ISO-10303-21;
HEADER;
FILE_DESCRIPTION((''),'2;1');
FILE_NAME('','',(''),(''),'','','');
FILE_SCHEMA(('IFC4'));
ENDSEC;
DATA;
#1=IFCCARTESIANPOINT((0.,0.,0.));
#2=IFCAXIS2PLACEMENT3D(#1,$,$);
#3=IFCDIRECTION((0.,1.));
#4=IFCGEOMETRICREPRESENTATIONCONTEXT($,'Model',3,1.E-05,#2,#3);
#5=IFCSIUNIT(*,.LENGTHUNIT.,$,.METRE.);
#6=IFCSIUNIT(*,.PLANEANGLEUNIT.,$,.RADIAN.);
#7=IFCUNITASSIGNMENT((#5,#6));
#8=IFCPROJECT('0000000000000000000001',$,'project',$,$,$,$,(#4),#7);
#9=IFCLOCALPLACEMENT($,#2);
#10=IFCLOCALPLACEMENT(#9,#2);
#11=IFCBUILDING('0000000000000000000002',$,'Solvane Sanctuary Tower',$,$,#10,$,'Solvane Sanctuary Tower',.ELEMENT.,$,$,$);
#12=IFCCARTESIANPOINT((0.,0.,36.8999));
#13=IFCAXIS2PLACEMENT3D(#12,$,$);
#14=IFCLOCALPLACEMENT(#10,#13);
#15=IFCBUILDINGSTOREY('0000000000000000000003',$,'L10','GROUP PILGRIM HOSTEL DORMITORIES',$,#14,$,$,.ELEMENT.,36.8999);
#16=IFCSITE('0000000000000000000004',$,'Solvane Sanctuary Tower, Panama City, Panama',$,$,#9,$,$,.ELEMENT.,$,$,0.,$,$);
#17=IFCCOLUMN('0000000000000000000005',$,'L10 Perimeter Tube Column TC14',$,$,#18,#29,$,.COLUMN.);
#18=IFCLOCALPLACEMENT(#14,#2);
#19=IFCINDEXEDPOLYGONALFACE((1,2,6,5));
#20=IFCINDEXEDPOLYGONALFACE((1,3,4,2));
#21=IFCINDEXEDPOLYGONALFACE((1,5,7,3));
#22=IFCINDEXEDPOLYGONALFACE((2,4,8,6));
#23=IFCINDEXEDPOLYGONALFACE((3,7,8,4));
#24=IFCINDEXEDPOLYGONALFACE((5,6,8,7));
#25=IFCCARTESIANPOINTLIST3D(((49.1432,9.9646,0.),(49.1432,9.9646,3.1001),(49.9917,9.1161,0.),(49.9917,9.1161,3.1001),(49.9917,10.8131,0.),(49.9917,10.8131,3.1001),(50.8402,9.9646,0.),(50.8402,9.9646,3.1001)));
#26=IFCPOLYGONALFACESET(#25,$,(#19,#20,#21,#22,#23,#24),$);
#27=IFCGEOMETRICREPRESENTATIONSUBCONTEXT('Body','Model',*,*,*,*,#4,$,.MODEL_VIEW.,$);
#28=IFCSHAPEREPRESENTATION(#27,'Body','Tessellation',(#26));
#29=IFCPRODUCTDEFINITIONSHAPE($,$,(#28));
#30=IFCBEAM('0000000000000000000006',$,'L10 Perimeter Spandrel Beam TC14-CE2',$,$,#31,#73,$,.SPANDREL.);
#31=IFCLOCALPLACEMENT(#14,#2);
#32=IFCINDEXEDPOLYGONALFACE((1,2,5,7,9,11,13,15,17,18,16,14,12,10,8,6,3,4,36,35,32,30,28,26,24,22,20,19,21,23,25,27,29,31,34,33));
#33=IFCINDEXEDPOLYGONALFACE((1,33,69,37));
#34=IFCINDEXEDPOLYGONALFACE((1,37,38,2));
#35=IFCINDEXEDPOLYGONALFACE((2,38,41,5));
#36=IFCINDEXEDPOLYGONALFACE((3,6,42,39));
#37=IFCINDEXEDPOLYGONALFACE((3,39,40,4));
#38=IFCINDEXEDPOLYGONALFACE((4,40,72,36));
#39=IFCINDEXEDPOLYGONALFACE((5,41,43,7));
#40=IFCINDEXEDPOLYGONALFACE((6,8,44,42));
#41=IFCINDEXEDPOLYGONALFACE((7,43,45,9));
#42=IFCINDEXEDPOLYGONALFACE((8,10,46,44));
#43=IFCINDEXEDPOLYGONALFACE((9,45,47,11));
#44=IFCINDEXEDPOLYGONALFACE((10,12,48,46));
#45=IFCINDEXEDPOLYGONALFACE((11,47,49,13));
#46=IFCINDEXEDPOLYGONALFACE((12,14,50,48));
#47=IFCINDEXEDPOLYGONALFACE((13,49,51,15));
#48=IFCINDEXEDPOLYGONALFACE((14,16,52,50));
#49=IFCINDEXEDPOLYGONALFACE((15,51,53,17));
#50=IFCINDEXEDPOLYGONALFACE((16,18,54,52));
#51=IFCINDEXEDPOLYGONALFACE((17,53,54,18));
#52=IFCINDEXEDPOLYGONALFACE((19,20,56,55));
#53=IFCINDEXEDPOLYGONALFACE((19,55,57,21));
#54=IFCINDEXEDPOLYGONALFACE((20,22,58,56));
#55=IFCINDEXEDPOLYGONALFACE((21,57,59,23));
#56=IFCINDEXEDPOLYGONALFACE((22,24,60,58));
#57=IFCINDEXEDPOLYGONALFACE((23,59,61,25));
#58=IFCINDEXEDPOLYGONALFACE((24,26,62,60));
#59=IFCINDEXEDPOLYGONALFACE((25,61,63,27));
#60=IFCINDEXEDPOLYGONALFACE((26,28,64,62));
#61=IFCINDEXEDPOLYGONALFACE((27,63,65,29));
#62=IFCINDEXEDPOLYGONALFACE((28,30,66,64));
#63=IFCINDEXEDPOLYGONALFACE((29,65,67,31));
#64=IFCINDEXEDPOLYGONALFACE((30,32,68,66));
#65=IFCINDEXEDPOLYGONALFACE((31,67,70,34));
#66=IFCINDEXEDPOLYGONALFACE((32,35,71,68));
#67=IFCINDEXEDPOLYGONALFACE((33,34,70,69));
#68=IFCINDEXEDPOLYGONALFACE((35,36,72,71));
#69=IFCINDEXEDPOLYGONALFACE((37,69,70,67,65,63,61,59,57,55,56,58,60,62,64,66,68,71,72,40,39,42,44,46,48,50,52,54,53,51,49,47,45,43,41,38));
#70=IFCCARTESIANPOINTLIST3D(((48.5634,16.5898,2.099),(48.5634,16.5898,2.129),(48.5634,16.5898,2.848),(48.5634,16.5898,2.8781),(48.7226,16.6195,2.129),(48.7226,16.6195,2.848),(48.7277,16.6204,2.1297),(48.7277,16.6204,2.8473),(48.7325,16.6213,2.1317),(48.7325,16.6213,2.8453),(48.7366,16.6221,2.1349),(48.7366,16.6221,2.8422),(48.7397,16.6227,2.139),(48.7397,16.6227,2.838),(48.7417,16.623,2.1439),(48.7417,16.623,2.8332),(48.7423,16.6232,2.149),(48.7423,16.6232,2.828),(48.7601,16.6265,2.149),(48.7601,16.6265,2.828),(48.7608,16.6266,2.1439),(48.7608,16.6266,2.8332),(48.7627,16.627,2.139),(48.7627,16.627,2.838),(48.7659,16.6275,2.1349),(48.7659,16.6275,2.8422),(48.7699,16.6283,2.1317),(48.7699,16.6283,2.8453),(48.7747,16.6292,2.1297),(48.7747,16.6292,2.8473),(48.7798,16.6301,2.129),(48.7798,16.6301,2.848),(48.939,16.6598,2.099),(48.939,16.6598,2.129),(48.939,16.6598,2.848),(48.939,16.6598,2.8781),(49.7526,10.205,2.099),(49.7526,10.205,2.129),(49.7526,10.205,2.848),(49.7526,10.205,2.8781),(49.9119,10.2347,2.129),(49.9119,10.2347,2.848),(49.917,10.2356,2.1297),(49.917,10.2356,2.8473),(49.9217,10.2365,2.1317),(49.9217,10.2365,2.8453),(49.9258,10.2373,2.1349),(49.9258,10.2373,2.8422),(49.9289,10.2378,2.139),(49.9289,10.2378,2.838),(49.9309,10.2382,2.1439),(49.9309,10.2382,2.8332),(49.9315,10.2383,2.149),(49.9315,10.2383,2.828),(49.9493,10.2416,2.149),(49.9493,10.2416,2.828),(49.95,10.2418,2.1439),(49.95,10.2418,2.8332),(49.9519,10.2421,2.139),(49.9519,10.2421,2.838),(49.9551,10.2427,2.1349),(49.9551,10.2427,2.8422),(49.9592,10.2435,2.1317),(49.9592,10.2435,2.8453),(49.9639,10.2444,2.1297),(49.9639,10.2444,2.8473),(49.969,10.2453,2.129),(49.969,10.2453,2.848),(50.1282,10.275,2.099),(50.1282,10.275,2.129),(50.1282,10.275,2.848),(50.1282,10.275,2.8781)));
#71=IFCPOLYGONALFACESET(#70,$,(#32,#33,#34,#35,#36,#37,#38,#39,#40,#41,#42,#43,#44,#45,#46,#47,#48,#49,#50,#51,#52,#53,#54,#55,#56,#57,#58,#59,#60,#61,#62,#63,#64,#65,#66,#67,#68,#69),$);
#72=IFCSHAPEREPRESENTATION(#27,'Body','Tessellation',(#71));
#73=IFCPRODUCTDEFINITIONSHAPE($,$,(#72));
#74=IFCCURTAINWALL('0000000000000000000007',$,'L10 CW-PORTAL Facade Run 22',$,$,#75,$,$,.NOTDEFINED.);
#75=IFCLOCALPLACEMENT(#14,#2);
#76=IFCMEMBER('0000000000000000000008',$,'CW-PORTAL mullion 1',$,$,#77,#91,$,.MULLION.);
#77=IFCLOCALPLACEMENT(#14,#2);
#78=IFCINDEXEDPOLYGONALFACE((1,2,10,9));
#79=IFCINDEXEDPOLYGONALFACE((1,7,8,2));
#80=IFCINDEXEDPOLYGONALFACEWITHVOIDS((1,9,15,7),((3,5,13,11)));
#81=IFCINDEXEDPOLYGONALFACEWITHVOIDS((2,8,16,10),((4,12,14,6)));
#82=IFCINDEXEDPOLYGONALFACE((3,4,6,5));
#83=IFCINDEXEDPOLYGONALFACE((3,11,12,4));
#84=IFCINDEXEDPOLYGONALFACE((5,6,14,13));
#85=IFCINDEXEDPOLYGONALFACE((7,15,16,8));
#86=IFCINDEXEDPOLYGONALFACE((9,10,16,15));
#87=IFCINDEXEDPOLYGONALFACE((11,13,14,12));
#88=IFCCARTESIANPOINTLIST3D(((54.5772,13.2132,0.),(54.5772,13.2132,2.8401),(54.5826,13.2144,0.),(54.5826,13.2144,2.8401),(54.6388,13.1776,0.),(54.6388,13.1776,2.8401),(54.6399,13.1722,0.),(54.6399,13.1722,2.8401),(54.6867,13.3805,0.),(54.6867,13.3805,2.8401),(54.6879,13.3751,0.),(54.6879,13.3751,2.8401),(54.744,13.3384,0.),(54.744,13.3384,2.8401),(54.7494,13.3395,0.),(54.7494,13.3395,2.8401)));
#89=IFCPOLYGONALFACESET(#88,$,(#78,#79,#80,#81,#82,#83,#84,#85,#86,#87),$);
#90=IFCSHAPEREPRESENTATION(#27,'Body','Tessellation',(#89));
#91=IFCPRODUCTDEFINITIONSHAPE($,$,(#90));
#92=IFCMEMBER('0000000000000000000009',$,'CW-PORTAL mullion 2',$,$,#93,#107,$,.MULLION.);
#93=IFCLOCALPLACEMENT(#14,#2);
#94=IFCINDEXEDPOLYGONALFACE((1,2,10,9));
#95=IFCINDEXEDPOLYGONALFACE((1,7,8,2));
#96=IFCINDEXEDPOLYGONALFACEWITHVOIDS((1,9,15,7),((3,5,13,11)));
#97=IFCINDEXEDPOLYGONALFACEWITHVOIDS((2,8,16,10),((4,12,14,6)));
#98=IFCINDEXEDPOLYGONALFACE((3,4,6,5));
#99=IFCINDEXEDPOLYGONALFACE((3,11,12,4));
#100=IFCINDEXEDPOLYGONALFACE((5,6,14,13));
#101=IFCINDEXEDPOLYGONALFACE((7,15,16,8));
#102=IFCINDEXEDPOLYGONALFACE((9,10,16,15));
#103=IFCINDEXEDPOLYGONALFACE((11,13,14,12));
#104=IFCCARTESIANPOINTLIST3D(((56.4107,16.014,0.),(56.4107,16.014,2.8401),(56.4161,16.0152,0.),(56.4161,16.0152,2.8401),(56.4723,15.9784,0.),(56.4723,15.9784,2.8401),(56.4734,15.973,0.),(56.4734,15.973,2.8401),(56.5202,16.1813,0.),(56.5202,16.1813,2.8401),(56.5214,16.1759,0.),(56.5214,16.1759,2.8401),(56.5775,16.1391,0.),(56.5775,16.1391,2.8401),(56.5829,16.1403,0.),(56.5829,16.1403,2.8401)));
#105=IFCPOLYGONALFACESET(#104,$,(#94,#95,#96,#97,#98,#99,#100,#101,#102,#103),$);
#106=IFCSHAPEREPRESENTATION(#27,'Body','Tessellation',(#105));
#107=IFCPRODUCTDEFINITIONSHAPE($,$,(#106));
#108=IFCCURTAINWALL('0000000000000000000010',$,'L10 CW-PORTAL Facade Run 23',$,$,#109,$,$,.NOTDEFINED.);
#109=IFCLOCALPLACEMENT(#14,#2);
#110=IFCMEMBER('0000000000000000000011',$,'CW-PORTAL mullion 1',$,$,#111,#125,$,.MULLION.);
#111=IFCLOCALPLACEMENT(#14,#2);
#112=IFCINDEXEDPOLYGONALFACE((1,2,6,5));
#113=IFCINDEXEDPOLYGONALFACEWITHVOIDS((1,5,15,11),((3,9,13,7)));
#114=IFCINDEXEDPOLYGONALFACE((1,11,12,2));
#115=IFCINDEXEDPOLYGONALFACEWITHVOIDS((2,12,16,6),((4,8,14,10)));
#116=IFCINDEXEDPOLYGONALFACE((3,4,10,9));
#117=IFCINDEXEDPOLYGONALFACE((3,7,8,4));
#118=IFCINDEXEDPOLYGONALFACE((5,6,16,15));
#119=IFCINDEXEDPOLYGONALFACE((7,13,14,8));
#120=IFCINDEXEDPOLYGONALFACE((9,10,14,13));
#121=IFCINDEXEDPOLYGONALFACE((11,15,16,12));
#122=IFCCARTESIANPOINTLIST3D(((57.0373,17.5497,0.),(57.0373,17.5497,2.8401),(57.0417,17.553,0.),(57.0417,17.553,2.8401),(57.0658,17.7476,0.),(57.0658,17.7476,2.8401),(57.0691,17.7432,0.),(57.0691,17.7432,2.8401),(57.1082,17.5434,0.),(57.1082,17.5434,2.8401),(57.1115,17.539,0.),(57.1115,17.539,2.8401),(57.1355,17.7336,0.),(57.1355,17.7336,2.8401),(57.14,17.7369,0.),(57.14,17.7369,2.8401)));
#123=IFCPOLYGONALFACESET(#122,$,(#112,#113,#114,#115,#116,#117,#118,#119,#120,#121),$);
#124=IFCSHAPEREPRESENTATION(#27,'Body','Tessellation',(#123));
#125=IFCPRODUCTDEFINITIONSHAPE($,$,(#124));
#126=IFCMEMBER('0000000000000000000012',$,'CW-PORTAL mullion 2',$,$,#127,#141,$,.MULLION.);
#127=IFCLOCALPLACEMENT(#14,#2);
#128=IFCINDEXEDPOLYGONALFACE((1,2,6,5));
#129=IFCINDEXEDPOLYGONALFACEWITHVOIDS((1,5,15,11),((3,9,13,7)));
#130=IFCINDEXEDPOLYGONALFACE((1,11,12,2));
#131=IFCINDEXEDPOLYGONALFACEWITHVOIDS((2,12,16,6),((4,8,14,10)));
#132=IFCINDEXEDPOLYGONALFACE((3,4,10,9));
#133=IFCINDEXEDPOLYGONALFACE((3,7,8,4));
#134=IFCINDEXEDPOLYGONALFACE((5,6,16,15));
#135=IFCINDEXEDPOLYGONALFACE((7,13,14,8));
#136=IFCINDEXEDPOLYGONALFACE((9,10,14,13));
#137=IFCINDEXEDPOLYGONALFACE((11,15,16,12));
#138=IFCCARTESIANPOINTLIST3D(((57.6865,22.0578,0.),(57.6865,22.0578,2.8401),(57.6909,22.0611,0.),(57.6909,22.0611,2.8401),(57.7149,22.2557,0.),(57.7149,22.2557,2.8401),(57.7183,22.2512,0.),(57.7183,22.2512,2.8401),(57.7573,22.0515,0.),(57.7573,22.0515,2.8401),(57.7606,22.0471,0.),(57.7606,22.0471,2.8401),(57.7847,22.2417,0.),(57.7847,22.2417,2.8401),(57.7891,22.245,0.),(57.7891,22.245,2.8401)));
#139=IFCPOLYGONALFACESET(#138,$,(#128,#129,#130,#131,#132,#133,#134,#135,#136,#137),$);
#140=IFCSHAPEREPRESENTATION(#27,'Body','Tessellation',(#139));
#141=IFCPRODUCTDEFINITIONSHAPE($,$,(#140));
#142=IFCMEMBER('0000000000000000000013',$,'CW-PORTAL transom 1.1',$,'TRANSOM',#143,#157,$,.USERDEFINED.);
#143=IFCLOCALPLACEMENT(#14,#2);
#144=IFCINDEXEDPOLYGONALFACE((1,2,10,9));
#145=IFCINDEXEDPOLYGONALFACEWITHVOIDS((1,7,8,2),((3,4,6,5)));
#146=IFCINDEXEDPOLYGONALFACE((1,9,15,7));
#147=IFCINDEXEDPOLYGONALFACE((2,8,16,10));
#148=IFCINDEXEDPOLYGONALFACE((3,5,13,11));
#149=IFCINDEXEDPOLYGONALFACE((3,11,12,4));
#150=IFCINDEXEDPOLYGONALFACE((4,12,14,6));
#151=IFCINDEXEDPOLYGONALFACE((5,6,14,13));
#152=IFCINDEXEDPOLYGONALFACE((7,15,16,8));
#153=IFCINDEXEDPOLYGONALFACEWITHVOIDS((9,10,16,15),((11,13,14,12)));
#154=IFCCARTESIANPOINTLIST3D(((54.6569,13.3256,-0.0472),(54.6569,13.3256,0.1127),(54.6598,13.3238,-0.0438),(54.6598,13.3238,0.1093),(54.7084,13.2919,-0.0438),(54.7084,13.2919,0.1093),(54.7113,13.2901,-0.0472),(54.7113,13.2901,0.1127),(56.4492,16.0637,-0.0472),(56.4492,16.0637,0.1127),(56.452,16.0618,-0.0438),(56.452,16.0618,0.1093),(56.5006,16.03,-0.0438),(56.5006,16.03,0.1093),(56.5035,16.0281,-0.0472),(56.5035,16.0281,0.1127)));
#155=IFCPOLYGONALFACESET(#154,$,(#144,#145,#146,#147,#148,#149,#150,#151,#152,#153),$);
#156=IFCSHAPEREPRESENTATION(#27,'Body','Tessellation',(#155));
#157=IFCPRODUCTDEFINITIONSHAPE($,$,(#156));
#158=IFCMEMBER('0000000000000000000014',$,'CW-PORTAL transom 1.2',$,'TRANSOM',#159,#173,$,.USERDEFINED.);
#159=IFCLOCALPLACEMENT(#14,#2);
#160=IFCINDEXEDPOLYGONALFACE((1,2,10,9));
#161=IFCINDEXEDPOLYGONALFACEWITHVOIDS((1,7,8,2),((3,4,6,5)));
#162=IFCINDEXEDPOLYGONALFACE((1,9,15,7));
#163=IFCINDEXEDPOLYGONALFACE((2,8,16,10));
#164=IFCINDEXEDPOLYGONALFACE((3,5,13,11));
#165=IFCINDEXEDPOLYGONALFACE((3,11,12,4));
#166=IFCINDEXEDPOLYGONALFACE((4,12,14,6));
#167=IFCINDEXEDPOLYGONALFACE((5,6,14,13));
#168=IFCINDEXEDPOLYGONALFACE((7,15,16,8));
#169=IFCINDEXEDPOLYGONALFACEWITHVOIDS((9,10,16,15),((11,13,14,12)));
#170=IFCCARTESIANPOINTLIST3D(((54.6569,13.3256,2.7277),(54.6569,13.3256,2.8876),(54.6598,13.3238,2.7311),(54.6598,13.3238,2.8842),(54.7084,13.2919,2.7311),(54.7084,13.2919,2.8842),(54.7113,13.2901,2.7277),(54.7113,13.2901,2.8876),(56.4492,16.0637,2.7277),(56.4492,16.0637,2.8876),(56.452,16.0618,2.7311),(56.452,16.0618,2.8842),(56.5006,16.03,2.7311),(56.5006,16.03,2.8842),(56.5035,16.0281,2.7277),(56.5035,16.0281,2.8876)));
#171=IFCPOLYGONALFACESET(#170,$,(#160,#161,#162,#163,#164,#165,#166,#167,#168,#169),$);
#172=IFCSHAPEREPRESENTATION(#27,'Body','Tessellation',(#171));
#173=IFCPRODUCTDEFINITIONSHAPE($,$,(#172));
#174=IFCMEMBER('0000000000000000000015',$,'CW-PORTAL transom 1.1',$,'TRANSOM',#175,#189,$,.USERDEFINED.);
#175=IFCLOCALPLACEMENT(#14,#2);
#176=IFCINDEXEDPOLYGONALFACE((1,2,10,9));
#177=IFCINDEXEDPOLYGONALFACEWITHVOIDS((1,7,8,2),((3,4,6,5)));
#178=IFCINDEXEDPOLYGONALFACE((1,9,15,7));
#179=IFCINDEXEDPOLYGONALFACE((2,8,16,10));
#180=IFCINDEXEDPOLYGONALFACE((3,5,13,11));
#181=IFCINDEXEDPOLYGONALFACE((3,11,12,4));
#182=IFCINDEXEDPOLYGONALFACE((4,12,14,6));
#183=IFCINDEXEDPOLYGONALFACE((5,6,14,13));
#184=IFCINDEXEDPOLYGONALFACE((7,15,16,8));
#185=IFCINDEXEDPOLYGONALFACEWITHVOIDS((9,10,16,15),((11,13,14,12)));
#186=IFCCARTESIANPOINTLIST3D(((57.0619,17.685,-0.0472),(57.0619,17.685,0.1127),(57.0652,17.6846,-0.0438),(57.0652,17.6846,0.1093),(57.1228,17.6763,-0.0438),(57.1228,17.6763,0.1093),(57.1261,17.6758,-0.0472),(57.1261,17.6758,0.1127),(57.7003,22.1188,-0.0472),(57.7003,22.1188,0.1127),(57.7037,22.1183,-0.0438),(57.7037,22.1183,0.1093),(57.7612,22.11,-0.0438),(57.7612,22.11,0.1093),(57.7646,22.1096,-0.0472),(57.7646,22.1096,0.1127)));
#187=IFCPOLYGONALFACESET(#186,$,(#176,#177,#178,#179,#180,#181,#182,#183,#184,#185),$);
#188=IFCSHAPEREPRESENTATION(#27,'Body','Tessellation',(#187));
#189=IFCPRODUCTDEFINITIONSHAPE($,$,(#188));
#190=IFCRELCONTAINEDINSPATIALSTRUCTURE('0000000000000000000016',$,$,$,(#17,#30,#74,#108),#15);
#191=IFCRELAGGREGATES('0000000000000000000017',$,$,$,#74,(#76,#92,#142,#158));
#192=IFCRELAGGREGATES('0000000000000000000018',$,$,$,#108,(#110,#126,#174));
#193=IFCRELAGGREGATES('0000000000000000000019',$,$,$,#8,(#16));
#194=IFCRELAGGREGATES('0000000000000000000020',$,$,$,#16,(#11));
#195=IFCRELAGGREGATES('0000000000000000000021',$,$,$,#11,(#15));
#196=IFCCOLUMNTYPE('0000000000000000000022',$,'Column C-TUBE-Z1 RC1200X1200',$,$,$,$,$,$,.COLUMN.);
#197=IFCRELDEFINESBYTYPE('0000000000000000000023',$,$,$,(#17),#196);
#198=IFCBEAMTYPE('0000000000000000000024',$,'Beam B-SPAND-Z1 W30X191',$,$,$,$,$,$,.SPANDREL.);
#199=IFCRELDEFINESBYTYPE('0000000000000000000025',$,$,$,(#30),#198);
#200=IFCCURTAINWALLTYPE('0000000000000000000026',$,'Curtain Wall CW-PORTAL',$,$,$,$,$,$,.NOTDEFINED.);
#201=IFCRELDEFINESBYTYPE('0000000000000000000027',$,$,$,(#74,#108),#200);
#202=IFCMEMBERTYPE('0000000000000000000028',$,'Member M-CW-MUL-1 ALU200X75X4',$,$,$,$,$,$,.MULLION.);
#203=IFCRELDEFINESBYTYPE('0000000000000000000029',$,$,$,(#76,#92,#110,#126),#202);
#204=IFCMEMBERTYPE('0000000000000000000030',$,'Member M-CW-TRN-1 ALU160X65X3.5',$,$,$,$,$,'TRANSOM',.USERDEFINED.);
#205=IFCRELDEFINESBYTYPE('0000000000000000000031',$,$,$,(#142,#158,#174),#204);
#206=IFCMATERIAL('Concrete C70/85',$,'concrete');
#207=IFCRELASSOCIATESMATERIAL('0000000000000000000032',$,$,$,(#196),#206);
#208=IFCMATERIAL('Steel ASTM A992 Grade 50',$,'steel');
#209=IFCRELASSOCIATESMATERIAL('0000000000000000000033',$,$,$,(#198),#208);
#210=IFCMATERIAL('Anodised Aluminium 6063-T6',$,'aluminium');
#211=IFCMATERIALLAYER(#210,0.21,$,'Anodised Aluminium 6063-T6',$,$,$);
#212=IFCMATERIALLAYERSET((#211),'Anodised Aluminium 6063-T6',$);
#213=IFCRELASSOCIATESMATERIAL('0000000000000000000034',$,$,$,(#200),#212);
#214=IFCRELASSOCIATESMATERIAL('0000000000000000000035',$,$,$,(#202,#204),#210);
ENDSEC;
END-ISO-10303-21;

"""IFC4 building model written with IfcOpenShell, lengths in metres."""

from ifc_helpers import new_model, si_unit, direction, frame, origin, origin_2d, place, context, subcontext, project, spatial, rectangle, hollow_rectangle, i_section, extrude, material, layer, layer_set, material_profile, profile_set, type_object, element, aggregate, save


model = new_model("IFC4")

# Units and contexts
model_context = context("Model", 3, precision=1e-05, world=origin(), true_north=direction((0.0, 1.0)))
body_context = subcontext(model_context, "Body", "Model", "MODEL_VIEW")
ifc_project = project(units=[si_unit("LENGTHUNIT", "METRE"), si_unit("PLANEANGLEUNIT", "RADIAN")], contexts=[model_context])

# Site, building, storey
site_placement = place(None, origin())
site = spatial("IfcSite", under=ifc_project, at=site_placement, Name="Solvane Sanctuary Tower, Panama City, Panama", CompositionType="ELEMENT", RefElevation=0.0)
building_placement = place(site_placement, origin())
building = spatial("IfcBuilding", under=site, at=building_placement, Name="Solvane Sanctuary Tower", LongName="Solvane Sanctuary Tower", CompositionType="ELEMENT")
storey_placement = place(building_placement, frame((0.0, 0.0, 36.8999)))
storey = spatial("IfcBuildingStorey", under=building, at=storey_placement, Name="L10", Description="GROUP PILGRIM HOSTEL DORMITORIES", CompositionType="ELEMENT", Elevation=36.8999)

# Column
ifc_material_1 = material(Name="Concrete C70/85", Category="concrete")
ifc_material_profile_1 = material_profile(ifc_material_1, rectangle(XDim=1.2, YDim=1.2, at=origin_2d()), Name="RC1200X1200")
ifc_profile_set_1 = profile_set([ifc_material_profile_1], Name="Concrete C70/85")
column_type = type_object("IfcColumnType", Name="Column C-TUBE-Z1 RC1200X1200", PredefinedType="COLUMN", material=ifc_profile_set_1)
column_placement = place(storey_placement, frame((49.9917, 9.9646, 0.0), z_axis=(0.0, 0.0, 1.0), x_axis=(0.707107, -0.707107, 0.0)))
element("IfcColumn", 1, at=column_placement, inside=storey, type_object=column_type, Name="L10 Perimeter Tube Column TC14", PredefinedType="COLUMN", context=body_context, shape_type="SweptSolid", body=[
    extrude(rectangle(XDim=1.2, YDim=1.2, at=origin_2d()), origin(), (0.0, 0.0, 1.0), 3.1001),
])

# Beam
ifc_material_2 = material(Name="Steel ASTM A992 Grade 50", Category="steel")
ifc_material_profile_2 = material_profile(ifc_material_2, i_section(OverallWidth=0.3821, OverallDepth=0.7791, WebThickness=0.0181, FlangeThickness=0.03, FilletRadius=0.02, at=origin_2d()), Name="W30X191")
ifc_profile_set_2 = profile_set([ifc_material_profile_2], Name="Steel ASTM A992 Grade 50")
beam_type = type_object("IfcBeamType", Name="Beam B-SPAND-Z1 W30X191", PredefinedType="SPANDREL", material=ifc_profile_set_2)
beam_placement = place(storey_placement, frame((49.9404, 10.24, 2.4885), z_axis=(-0.183108, 0.983093, 0.0), x_axis=(-0.983093, -0.183108, 0.0)))
element("IfcBeam", 2, at=beam_placement, inside=storey, type_object=beam_type, Name="L10 Perimeter Spandrel Beam TC14-CE2", PredefinedType="SPANDREL", context=body_context, shape_type="SweptSolid", body=[
    extrude(i_section(OverallWidth=0.3821, OverallDepth=0.7791, WebThickness=0.0181, FlangeThickness=0.03, FilletRadius=0.02, at=origin_2d()), origin(), (0.0, 0.0, 1.0), 6.4946),
])

# Curtain walls, members
ifc_material_3 = material(Name="Anodised Aluminium 6063-T6", Category="aluminium")
ifc_layer_1 = layer(ifc_material_3, 0.21, Name="Anodised Aluminium 6063-T6")
ifc_layer_set_1 = layer_set([ifc_layer_1], Name="Anodised Aluminium 6063-T6")
curtain_wall_type = type_object("IfcCurtainWallType", Name="Curtain Wall CW-PORTAL", PredefinedType="NOTDEFINED", material=ifc_layer_set_1)
curtain_wall_1_placement = place(storey_placement, origin())
curtain_wall_1 = element("IfcCurtainWall", 3, at=curtain_wall_1_placement, inside=storey, type_object=curtain_wall_type, Name="L10 CW-PORTAL Facade Run 22", PredefinedType="NOTDEFINED")
ifc_material_profile_3 = material_profile(ifc_material_3, hollow_rectangle(XDim=0.075, YDim=0.2, WallThickness=0.0039, at=origin_2d()), Name="ALU200X75X4")
ifc_profile_set_3 = profile_set([ifc_material_profile_3], Name="Anodised Aluminium 6063-T6")
member_type_1 = type_object("IfcMemberType", Name="Member M-CW-MUL-1 ALU200X75X4", PredefinedType="MULLION", material=ifc_profile_set_3)
member_1_placement = place(storey_placement, frame((54.6633, 13.2764, 0.0), z_axis=(0.0, 0.0, 1.0), x_axis=(-0.836674, 0.547702, 0.0)))
member_1 = element("IfcMember", 4, at=member_1_placement, type_object=member_type_1, Name="CW-PORTAL mullion 1", PredefinedType="MULLION", context=body_context, shape_type="SweptSolid", body=[
    extrude(hollow_rectangle(XDim=0.075, YDim=0.2, WallThickness=0.0039, at=origin_2d()), origin(), (0.0, 0.0, 1.0), 2.8401),
])
member_2_placement = place(storey_placement, frame((56.4968, 16.0771, 0.0), z_axis=(0.0, 0.0, 1.0), x_axis=(-0.836674, 0.547702, 0.0)))
member_2 = element("IfcMember", 5, at=member_2_placement, type_object=member_type_1, Name="CW-PORTAL mullion 2", PredefinedType="MULLION", context=body_context, shape_type="SweptSolid", body=[
    extrude(hollow_rectangle(XDim=0.075, YDim=0.2, WallThickness=0.0039, at=origin_2d()), origin(), (0.0, 0.0, 1.0), 2.8401),
])
curtain_wall_2_placement = place(storey_placement, origin())
curtain_wall_2 = element("IfcCurtainWall", 6, at=curtain_wall_2_placement, inside=storey, type_object=curtain_wall_type, Name="L10 CW-PORTAL Facade Run 23", PredefinedType="NOTDEFINED")
member_3_placement = place(storey_placement, frame((57.0886, 17.6433, 0.0), z_axis=(0.0, 0.0, 1.0), x_axis=(-0.989794, 0.142504, 0.0)))
member_3 = element("IfcMember", 7, at=member_3_placement, type_object=member_type_1, Name="CW-PORTAL mullion 1", PredefinedType="MULLION", context=body_context, shape_type="SweptSolid", body=[
    extrude(hollow_rectangle(XDim=0.075, YDim=0.2, WallThickness=0.0039, at=origin_2d()), origin(), (0.0, 0.0, 1.0), 2.8401),
])
member_4_placement = place(storey_placement, frame((57.7378, 22.1514, 0.0), z_axis=(0.0, 0.0, 1.0), x_axis=(-0.989794, 0.142504, 0.0)))
member_4 = element("IfcMember", 8, at=member_4_placement, type_object=member_type_1, Name="CW-PORTAL mullion 2", PredefinedType="MULLION", context=body_context, shape_type="SweptSolid", body=[
    extrude(hollow_rectangle(XDim=0.075, YDim=0.2, WallThickness=0.0039, at=origin_2d()), origin(), (0.0, 0.0, 1.0), 2.8401),
])

# Members
ifc_material_profile_4 = material_profile(ifc_material_3, hollow_rectangle(XDim=0.0649, YDim=0.1599, WallThickness=0.0034, at=origin_2d()), Name="ALU160X65X3.5")
ifc_profile_set_4 = profile_set([ifc_material_profile_4], Name="Anodised Aluminium 6063-T6")
member_type_2 = type_object("IfcMemberType", Name="Member M-CW-TRN-1 ALU160X65X3.5", ElementType="TRANSOM", PredefinedType="USERDEFINED", material=ifc_profile_set_4)
member_5_placement = place(storey_placement, frame((54.6841, 13.3079, 0.0327), z_axis=(0.547673, 0.836692, 0.0), x_axis=(-0.836692, 0.547673, 0.0)))
member_5 = element("IfcMember", 9, at=member_5_placement, type_object=member_type_2, Name="CW-PORTAL transom 1.1", ObjectType="TRANSOM", PredefinedType="USERDEFINED", context=body_context, shape_type="SweptSolid", body=[
    extrude(hollow_rectangle(XDim=0.0649, YDim=0.1599, WallThickness=0.0034, at=origin_2d()), origin(), (0.0, 0.0, 1.0), 3.2725),
])
member_6_placement = place(storey_placement, frame((54.6841, 13.3079, 2.8076), z_axis=(0.547673, 0.836692, 0.0), x_axis=(-0.836692, 0.547673, 0.0)))
member_6 = element("IfcMember", 10, at=member_6_placement, type_object=member_type_2, Name="CW-PORTAL transom 1.2", ObjectType="TRANSOM", PredefinedType="USERDEFINED", context=body_context, shape_type="SweptSolid", body=[
    extrude(hollow_rectangle(XDim=0.0649, YDim=0.1599, WallThickness=0.0034, at=origin_2d()), origin(), (0.0, 0.0, 1.0), 3.2725),
])
member_7_placement = place(storey_placement, frame((57.094, 17.6804, 0.0327), z_axis=(0.14252, 0.989792, 0.0), x_axis=(-0.989792, 0.14252, 0.0)))
member_7 = element("IfcMember", 11, at=member_7_placement, type_object=member_type_2, Name="CW-PORTAL transom 1.1", ObjectType="TRANSOM", PredefinedType="USERDEFINED", context=body_context, shape_type="SweptSolid", body=[
    extrude(hollow_rectangle(XDim=0.0649, YDim=0.1599, WallThickness=0.0034, at=origin_2d()), origin(), (0.0, 0.0, 1.0), 4.4795),
])

aggregate(curtain_wall_1, [member_1, member_2, member_5, member_6])
aggregate(curtain_wall_2, [member_3, member_4, member_7])

save(model, "model.ifc")
